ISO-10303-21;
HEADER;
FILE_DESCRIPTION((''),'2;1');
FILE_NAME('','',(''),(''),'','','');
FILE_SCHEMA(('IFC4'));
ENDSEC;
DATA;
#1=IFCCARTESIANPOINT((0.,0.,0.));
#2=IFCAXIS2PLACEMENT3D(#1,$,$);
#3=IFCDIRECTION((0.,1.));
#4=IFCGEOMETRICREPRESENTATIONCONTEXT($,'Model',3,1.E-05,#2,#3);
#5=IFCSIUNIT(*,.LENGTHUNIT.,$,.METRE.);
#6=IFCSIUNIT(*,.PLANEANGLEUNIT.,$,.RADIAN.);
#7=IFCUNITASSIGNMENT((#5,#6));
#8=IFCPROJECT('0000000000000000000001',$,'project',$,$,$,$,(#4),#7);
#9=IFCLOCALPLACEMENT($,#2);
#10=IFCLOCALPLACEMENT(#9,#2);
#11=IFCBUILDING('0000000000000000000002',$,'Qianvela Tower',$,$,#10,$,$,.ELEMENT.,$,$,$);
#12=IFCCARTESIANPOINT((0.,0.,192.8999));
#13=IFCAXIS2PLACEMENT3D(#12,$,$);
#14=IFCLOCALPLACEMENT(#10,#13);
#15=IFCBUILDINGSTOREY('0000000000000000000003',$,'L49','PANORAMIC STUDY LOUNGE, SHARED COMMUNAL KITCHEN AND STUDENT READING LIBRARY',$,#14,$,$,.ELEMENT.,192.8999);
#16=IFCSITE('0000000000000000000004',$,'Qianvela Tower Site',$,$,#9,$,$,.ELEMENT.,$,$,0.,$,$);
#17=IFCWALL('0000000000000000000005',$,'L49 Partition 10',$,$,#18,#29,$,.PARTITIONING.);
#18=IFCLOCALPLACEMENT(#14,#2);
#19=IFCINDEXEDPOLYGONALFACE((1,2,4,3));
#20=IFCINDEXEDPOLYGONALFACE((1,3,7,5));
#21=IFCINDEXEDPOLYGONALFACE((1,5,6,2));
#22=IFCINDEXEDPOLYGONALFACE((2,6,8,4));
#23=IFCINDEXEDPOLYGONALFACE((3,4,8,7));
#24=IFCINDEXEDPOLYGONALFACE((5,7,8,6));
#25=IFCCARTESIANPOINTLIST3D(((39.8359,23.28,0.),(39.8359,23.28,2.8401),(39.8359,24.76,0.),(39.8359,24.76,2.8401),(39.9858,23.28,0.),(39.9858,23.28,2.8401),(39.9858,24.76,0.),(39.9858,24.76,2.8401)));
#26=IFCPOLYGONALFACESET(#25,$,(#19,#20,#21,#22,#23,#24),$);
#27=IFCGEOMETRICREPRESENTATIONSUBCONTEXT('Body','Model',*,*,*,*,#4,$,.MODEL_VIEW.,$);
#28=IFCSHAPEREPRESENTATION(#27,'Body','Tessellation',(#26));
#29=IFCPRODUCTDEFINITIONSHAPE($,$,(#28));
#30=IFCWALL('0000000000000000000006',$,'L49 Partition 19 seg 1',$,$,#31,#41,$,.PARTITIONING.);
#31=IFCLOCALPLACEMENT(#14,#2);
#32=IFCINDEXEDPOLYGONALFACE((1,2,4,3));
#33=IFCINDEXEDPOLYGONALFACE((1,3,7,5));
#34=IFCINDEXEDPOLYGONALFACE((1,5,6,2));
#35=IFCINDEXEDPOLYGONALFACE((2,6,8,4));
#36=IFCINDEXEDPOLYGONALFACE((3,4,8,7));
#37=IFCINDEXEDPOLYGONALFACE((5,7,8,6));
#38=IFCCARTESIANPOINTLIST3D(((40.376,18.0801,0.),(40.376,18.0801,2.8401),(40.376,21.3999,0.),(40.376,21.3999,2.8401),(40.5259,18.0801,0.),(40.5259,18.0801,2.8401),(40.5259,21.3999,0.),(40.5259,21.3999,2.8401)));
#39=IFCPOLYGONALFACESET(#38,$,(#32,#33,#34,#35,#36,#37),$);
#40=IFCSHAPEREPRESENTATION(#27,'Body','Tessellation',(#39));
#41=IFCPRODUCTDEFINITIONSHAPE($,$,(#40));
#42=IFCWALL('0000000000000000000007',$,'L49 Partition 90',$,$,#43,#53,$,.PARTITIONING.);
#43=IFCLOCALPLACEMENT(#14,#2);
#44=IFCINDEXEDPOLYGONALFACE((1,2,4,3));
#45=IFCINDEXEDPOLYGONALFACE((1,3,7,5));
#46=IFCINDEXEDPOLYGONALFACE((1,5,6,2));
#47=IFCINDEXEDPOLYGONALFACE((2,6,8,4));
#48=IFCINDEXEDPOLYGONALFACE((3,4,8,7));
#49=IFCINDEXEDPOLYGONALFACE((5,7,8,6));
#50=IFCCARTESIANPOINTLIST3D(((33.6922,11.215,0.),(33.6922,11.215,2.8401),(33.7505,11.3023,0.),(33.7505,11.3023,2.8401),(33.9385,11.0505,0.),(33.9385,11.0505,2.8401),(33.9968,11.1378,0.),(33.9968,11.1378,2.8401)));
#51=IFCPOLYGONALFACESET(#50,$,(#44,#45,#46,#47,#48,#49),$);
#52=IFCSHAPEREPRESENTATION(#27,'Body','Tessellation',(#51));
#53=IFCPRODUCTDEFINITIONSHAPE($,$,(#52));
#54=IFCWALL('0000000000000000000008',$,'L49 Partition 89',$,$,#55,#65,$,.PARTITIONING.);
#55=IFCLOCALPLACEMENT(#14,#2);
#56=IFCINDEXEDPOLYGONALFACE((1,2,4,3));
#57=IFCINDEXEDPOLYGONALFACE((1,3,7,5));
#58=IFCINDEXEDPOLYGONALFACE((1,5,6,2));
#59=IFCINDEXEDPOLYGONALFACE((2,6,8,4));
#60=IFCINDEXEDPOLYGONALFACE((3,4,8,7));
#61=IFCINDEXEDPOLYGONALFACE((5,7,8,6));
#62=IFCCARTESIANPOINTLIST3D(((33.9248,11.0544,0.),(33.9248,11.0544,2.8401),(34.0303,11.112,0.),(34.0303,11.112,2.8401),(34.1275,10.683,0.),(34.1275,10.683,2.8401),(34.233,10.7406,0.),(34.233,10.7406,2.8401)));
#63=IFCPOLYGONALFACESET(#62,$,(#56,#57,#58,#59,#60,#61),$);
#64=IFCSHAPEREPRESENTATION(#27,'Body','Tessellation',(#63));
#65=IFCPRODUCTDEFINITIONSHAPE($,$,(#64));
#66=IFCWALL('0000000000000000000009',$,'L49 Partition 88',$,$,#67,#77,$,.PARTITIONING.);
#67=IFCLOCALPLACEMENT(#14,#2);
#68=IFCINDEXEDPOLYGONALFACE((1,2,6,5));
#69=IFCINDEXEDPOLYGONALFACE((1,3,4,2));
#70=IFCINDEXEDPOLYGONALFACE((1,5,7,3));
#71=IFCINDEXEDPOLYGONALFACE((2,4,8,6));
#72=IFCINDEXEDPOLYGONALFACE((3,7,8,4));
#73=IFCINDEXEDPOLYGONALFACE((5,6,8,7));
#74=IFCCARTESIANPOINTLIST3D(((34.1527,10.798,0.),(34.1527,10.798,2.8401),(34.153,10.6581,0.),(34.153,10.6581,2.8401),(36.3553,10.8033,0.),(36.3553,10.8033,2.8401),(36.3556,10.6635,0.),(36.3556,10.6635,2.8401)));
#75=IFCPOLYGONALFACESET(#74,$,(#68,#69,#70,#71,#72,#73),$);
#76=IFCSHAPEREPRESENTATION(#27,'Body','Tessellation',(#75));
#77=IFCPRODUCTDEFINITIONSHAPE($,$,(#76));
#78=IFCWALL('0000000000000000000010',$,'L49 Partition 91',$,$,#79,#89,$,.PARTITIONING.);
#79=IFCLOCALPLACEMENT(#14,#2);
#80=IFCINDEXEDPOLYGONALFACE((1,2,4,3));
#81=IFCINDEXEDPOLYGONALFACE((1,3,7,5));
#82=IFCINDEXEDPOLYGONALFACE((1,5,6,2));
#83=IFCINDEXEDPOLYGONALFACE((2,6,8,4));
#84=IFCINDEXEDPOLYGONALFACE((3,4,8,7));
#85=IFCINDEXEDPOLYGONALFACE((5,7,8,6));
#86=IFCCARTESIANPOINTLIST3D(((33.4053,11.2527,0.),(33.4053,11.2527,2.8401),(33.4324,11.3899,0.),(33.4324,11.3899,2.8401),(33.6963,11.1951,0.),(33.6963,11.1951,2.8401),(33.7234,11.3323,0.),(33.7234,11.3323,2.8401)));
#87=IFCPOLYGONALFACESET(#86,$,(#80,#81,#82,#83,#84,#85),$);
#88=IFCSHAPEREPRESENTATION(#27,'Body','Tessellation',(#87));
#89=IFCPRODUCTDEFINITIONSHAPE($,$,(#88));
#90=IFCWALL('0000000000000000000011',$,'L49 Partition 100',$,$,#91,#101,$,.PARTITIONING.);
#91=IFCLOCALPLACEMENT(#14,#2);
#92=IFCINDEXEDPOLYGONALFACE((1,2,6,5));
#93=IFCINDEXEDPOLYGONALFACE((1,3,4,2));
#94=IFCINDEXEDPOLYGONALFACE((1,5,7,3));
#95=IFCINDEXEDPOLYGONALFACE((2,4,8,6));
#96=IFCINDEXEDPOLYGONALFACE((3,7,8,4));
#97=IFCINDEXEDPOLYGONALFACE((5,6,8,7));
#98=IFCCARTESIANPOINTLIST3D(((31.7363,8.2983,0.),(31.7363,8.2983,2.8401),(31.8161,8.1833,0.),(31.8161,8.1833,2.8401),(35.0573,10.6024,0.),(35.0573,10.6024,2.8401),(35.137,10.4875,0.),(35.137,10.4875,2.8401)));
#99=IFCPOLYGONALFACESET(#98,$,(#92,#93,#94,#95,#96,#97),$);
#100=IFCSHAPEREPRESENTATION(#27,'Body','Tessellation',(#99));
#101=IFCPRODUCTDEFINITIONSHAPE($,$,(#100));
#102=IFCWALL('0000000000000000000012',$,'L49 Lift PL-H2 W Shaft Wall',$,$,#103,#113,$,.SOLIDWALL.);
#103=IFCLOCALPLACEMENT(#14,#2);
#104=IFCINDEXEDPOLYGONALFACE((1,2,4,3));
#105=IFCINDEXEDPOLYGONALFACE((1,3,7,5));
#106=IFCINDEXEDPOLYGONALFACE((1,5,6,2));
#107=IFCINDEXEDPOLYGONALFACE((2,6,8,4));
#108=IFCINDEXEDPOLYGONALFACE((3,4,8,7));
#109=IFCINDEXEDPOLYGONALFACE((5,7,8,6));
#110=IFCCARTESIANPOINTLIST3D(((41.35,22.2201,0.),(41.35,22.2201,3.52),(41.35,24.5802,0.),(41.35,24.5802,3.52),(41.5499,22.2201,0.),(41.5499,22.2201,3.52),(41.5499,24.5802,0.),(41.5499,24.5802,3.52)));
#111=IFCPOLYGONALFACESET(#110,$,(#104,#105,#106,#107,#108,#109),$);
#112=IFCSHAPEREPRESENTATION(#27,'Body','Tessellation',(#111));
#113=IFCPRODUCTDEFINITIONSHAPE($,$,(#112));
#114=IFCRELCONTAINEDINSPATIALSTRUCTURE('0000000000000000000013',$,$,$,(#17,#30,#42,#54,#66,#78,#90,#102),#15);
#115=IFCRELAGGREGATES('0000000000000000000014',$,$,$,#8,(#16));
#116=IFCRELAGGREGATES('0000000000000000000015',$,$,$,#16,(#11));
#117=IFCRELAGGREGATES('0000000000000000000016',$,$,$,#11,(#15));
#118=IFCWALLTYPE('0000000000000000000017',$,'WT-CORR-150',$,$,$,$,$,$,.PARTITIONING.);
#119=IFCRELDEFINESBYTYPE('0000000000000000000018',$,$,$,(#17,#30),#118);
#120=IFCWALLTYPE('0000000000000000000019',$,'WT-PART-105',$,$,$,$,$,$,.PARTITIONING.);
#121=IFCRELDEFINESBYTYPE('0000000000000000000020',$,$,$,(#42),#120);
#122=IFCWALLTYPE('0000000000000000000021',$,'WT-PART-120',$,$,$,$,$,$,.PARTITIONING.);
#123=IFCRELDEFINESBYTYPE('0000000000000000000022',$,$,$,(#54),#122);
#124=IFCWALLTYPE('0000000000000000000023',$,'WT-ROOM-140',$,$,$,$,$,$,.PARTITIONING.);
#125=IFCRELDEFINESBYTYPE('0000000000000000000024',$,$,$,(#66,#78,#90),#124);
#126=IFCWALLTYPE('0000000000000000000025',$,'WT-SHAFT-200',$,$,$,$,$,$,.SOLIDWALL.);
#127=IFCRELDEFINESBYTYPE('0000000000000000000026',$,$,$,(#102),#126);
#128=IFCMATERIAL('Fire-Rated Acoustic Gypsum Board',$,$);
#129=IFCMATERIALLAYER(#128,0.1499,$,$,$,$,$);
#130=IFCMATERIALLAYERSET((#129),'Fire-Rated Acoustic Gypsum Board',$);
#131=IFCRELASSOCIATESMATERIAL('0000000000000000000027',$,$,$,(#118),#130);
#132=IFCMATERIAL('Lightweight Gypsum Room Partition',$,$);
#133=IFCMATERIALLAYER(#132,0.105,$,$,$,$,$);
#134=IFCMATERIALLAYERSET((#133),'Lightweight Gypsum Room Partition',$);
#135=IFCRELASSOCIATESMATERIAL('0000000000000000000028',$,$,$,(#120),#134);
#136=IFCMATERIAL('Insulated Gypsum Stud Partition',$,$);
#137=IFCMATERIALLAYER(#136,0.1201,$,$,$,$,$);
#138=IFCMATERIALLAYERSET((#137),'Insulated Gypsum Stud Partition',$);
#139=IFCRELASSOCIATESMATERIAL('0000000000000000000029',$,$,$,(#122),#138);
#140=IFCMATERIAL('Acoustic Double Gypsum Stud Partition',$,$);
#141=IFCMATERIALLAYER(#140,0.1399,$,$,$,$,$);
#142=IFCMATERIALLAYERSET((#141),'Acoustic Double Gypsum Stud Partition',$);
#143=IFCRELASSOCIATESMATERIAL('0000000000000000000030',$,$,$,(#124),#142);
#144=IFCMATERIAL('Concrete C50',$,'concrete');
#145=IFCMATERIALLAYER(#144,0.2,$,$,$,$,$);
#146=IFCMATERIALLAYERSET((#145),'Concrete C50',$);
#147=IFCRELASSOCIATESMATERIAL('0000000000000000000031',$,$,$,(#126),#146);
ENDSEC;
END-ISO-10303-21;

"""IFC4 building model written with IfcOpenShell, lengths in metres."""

from ifc_helpers import new_model, si_unit, direction, frame, frame_2d, origin, place, context, subcontext, project, spatial, rectangle, extrude, material, layer, layer_set, type_object, element, save


model = new_model("IFC4")

# Units and contexts
model_context = context("Model", 3, precision=1e-05, world=origin(), true_north=direction((0.0, 1.0)))
body_context = subcontext(model_context, "Body", "Model", "MODEL_VIEW")
ifc_project = project(units=[si_unit("LENGTHUNIT", "METRE"), si_unit("PLANEANGLEUNIT", "RADIAN")], contexts=[model_context])

# Site, building, storey
site_placement = place(None, origin())
site = spatial("IfcSite", under=ifc_project, at=site_placement, Name="Qianvela Tower Site", CompositionType="ELEMENT", RefElevation=0.0)
building_placement = place(site_placement, origin())
building = spatial("IfcBuilding", under=site, at=building_placement, Name="Qianvela Tower", CompositionType="ELEMENT")
storey_placement = place(building_placement, frame((0.0, 0.0, 192.8999)))
storey = spatial("IfcBuildingStorey", under=building, at=storey_placement, Name="L49", Description="PANORAMIC STUDY LOUNGE, SHARED COMMUNAL KITCHEN AND STUDENT READING LIBRARY", CompositionType="ELEMENT", Elevation=192.8999)

# Shared definitions
ifc_material_1 = material(Name="Fire-Rated Acoustic Gypsum Board")
ifc_layer_1 = layer(ifc_material_1, 0.1499)
ifc_layer_set_1 = layer_set([ifc_layer_1], Name="Fire-Rated Acoustic Gypsum Board")
wall_type_1 = type_object("IfcWallType", Name="WT-CORR-150", PredefinedType="PARTITIONING", material=ifc_layer_set_1)

# Walls
wall_1_placement = place(storey_placement, frame((39.9109, 23.28, 0.0), z_axis=(0.0, 0.0, 1.0), x_axis=(0.0, 1.0, 0.0)))
element("IfcWall", 1, at=wall_1_placement, inside=storey, type_object=wall_type_1, Name="L49 Partition 10", PredefinedType="PARTITIONING", context=body_context, shape_type="SweptSolid", body=[
    extrude(rectangle(XDim=1.48, YDim=0.1499, at=frame_2d((0.74, 0.0))), origin(), (0.0, 0.0, 1.0), 2.8401),
])
wall_2_placement = place(storey_placement, frame((40.4509, 18.0801, 0.0), z_axis=(0.0, 0.0, 1.0), x_axis=(0.0, 1.0, 0.0)))
element("IfcWall", 2, at=wall_2_placement, inside=storey, type_object=wall_type_1, Name="L49 Partition 19 seg 1", PredefinedType="PARTITIONING", context=body_context, shape_type="SweptSolid", body=[
    extrude(rectangle(XDim=3.3198, YDim=0.1499, at=frame_2d((1.6599, 0.0))), origin(), (0.0, 0.0, 1.0), 2.8401),
])
ifc_material_2 = material(Name="Lightweight Gypsum Room Partition")
ifc_layer_2 = layer(ifc_material_2, 0.105)
ifc_layer_set_2 = layer_set([ifc_layer_2], Name="Lightweight Gypsum Room Partition")
wall_type_2 = type_object("IfcWallType", Name="WT-PART-105", PredefinedType="PARTITIONING", material=ifc_layer_set_2)
wall_3_placement = place(storey_placement, frame((33.9675, 11.0942, 0.0), z_axis=(0.0, 0.0, 1.0), x_axis=(-0.831543, 0.555461, 0.0)))
element("IfcWall", 3, at=wall_3_placement, inside=storey, type_object=wall_type_2, Name="L49 Partition 90", PredefinedType="PARTITIONING", context=body_context, shape_type="SweptSolid", body=[
    extrude(rectangle(XDim=0.2961, YDim=0.105, at=frame_2d((0.1479, 0.0))), origin(), (0.0, 0.0, 1.0), 2.8401),
])
ifc_material_3 = material(Name="Insulated Gypsum Stud Partition")
ifc_layer_3 = layer(ifc_material_3, 0.1201)
ifc_layer_set_3 = layer_set([ifc_layer_3], Name="Insulated Gypsum Stud Partition")
wall_type_3 = type_object("IfcWallType", Name="WT-PART-120", PredefinedType="PARTITIONING", material=ifc_layer_set_3)
wall_4_placement = place(storey_placement, frame((34.1802, 10.7119, 0.0), z_axis=(0.0, 0.0, 1.0), x_axis=(-0.479014, 0.877807, 0.0)))
element("IfcWall", 4, at=wall_4_placement, inside=storey, type_object=wall_type_3, Name="L49 Partition 89", PredefinedType="PARTITIONING", context=body_context, shape_type="SweptSolid", body=[
    extrude(rectangle(XDim=0.4231, YDim=0.1201, at=frame_2d((0.2114, 0.0))), origin(), (0.0, 0.0, 1.0), 2.8401),
])
ifc_material_4 = material(Name="Acoustic Double Gypsum Stud Partition")
ifc_layer_4 = layer(ifc_material_4, 0.1399)
ifc_layer_set_4 = layer_set([ifc_layer_4], Name="Acoustic Double Gypsum Stud Partition")
wall_type_4 = type_object("IfcWallType", Name="WT-ROOM-140", PredefinedType="PARTITIONING", material=ifc_layer_set_4)
wall_5_placement = place(storey_placement, frame((36.3555, 10.7334, 0.0), z_axis=(0.0, 0.0, 1.0), x_axis=(-0.999997, -0.002438, 0.0)))
element("IfcWall", 5, at=wall_5_placement, inside=storey, type_object=wall_type_4, Name="L49 Partition 88", PredefinedType="PARTITIONING", context=body_context, shape_type="SweptSolid", body=[
    extrude(rectangle(XDim=2.2026, YDim=0.1399, at=frame_2d((1.1013, 0.0))), origin(), (0.0, 0.0, 1.0), 2.8401),
])
wall_6_placement = place(storey_placement, frame((33.71, 11.2637, 0.0), z_axis=(0.0, 0.0, 1.0), x_axis=(-0.980959, 0.194217, 0.0)))
element("IfcWall", 6, at=wall_6_placement, inside=storey, type_object=wall_type_4, Name="L49 Partition 91", PredefinedType="PARTITIONING", context=body_context, shape_type="SweptSolid", body=[
    extrude(rectangle(XDim=0.2966, YDim=0.1399, at=frame_2d((0.1484, 0.0))), origin(), (0.0, 0.0, 1.0), 2.8401),
])
wall_7_placement = place(storey_placement, frame((35.0972, 10.5449, 0.0), z_axis=(0.0, 0.0, 1.0), x_axis=(-0.821611, -0.570048, 0.0)))
element("IfcWall", 7, at=wall_7_placement, inside=storey, type_object=wall_type_4, Name="L49 Partition 100", PredefinedType="PARTITIONING", context=body_context, shape_type="SweptSolid", body=[
    extrude(rectangle(XDim=4.042, YDim=0.1399, at=frame_2d((2.021, 0.0))), origin(), (0.0, 0.0, 1.0), 2.8401),
])
ifc_material_5 = material(Name="Concrete C50", Category="concrete")
ifc_layer_5 = layer(ifc_material_5, 0.2)
ifc_layer_set_5 = layer_set([ifc_layer_5], Name="Concrete C50")
wall_type_5 = type_object("IfcWallType", Name="WT-SHAFT-200", PredefinedType="SOLIDWALL", material=ifc_layer_set_5)
wall_8_placement = place(storey_placement, frame((41.45, 22.22, 0.0), z_axis=(0.0, 0.0, 1.0), x_axis=(0.0, 1.0, 0.0)))
element("IfcWall", 8, at=wall_8_placement, inside=storey, type_object=wall_type_5, Name="L49 Lift PL-H2 W Shaft Wall", PredefinedType="SOLIDWALL", context=body_context, shape_type="SweptSolid", body=[
    extrude(rectangle(XDim=2.3601, YDim=0.2, at=frame_2d((1.1802, 0.0))), origin(), (0.0, 0.0, 1.0), 3.52),
])

save(model, "model.ifc")
